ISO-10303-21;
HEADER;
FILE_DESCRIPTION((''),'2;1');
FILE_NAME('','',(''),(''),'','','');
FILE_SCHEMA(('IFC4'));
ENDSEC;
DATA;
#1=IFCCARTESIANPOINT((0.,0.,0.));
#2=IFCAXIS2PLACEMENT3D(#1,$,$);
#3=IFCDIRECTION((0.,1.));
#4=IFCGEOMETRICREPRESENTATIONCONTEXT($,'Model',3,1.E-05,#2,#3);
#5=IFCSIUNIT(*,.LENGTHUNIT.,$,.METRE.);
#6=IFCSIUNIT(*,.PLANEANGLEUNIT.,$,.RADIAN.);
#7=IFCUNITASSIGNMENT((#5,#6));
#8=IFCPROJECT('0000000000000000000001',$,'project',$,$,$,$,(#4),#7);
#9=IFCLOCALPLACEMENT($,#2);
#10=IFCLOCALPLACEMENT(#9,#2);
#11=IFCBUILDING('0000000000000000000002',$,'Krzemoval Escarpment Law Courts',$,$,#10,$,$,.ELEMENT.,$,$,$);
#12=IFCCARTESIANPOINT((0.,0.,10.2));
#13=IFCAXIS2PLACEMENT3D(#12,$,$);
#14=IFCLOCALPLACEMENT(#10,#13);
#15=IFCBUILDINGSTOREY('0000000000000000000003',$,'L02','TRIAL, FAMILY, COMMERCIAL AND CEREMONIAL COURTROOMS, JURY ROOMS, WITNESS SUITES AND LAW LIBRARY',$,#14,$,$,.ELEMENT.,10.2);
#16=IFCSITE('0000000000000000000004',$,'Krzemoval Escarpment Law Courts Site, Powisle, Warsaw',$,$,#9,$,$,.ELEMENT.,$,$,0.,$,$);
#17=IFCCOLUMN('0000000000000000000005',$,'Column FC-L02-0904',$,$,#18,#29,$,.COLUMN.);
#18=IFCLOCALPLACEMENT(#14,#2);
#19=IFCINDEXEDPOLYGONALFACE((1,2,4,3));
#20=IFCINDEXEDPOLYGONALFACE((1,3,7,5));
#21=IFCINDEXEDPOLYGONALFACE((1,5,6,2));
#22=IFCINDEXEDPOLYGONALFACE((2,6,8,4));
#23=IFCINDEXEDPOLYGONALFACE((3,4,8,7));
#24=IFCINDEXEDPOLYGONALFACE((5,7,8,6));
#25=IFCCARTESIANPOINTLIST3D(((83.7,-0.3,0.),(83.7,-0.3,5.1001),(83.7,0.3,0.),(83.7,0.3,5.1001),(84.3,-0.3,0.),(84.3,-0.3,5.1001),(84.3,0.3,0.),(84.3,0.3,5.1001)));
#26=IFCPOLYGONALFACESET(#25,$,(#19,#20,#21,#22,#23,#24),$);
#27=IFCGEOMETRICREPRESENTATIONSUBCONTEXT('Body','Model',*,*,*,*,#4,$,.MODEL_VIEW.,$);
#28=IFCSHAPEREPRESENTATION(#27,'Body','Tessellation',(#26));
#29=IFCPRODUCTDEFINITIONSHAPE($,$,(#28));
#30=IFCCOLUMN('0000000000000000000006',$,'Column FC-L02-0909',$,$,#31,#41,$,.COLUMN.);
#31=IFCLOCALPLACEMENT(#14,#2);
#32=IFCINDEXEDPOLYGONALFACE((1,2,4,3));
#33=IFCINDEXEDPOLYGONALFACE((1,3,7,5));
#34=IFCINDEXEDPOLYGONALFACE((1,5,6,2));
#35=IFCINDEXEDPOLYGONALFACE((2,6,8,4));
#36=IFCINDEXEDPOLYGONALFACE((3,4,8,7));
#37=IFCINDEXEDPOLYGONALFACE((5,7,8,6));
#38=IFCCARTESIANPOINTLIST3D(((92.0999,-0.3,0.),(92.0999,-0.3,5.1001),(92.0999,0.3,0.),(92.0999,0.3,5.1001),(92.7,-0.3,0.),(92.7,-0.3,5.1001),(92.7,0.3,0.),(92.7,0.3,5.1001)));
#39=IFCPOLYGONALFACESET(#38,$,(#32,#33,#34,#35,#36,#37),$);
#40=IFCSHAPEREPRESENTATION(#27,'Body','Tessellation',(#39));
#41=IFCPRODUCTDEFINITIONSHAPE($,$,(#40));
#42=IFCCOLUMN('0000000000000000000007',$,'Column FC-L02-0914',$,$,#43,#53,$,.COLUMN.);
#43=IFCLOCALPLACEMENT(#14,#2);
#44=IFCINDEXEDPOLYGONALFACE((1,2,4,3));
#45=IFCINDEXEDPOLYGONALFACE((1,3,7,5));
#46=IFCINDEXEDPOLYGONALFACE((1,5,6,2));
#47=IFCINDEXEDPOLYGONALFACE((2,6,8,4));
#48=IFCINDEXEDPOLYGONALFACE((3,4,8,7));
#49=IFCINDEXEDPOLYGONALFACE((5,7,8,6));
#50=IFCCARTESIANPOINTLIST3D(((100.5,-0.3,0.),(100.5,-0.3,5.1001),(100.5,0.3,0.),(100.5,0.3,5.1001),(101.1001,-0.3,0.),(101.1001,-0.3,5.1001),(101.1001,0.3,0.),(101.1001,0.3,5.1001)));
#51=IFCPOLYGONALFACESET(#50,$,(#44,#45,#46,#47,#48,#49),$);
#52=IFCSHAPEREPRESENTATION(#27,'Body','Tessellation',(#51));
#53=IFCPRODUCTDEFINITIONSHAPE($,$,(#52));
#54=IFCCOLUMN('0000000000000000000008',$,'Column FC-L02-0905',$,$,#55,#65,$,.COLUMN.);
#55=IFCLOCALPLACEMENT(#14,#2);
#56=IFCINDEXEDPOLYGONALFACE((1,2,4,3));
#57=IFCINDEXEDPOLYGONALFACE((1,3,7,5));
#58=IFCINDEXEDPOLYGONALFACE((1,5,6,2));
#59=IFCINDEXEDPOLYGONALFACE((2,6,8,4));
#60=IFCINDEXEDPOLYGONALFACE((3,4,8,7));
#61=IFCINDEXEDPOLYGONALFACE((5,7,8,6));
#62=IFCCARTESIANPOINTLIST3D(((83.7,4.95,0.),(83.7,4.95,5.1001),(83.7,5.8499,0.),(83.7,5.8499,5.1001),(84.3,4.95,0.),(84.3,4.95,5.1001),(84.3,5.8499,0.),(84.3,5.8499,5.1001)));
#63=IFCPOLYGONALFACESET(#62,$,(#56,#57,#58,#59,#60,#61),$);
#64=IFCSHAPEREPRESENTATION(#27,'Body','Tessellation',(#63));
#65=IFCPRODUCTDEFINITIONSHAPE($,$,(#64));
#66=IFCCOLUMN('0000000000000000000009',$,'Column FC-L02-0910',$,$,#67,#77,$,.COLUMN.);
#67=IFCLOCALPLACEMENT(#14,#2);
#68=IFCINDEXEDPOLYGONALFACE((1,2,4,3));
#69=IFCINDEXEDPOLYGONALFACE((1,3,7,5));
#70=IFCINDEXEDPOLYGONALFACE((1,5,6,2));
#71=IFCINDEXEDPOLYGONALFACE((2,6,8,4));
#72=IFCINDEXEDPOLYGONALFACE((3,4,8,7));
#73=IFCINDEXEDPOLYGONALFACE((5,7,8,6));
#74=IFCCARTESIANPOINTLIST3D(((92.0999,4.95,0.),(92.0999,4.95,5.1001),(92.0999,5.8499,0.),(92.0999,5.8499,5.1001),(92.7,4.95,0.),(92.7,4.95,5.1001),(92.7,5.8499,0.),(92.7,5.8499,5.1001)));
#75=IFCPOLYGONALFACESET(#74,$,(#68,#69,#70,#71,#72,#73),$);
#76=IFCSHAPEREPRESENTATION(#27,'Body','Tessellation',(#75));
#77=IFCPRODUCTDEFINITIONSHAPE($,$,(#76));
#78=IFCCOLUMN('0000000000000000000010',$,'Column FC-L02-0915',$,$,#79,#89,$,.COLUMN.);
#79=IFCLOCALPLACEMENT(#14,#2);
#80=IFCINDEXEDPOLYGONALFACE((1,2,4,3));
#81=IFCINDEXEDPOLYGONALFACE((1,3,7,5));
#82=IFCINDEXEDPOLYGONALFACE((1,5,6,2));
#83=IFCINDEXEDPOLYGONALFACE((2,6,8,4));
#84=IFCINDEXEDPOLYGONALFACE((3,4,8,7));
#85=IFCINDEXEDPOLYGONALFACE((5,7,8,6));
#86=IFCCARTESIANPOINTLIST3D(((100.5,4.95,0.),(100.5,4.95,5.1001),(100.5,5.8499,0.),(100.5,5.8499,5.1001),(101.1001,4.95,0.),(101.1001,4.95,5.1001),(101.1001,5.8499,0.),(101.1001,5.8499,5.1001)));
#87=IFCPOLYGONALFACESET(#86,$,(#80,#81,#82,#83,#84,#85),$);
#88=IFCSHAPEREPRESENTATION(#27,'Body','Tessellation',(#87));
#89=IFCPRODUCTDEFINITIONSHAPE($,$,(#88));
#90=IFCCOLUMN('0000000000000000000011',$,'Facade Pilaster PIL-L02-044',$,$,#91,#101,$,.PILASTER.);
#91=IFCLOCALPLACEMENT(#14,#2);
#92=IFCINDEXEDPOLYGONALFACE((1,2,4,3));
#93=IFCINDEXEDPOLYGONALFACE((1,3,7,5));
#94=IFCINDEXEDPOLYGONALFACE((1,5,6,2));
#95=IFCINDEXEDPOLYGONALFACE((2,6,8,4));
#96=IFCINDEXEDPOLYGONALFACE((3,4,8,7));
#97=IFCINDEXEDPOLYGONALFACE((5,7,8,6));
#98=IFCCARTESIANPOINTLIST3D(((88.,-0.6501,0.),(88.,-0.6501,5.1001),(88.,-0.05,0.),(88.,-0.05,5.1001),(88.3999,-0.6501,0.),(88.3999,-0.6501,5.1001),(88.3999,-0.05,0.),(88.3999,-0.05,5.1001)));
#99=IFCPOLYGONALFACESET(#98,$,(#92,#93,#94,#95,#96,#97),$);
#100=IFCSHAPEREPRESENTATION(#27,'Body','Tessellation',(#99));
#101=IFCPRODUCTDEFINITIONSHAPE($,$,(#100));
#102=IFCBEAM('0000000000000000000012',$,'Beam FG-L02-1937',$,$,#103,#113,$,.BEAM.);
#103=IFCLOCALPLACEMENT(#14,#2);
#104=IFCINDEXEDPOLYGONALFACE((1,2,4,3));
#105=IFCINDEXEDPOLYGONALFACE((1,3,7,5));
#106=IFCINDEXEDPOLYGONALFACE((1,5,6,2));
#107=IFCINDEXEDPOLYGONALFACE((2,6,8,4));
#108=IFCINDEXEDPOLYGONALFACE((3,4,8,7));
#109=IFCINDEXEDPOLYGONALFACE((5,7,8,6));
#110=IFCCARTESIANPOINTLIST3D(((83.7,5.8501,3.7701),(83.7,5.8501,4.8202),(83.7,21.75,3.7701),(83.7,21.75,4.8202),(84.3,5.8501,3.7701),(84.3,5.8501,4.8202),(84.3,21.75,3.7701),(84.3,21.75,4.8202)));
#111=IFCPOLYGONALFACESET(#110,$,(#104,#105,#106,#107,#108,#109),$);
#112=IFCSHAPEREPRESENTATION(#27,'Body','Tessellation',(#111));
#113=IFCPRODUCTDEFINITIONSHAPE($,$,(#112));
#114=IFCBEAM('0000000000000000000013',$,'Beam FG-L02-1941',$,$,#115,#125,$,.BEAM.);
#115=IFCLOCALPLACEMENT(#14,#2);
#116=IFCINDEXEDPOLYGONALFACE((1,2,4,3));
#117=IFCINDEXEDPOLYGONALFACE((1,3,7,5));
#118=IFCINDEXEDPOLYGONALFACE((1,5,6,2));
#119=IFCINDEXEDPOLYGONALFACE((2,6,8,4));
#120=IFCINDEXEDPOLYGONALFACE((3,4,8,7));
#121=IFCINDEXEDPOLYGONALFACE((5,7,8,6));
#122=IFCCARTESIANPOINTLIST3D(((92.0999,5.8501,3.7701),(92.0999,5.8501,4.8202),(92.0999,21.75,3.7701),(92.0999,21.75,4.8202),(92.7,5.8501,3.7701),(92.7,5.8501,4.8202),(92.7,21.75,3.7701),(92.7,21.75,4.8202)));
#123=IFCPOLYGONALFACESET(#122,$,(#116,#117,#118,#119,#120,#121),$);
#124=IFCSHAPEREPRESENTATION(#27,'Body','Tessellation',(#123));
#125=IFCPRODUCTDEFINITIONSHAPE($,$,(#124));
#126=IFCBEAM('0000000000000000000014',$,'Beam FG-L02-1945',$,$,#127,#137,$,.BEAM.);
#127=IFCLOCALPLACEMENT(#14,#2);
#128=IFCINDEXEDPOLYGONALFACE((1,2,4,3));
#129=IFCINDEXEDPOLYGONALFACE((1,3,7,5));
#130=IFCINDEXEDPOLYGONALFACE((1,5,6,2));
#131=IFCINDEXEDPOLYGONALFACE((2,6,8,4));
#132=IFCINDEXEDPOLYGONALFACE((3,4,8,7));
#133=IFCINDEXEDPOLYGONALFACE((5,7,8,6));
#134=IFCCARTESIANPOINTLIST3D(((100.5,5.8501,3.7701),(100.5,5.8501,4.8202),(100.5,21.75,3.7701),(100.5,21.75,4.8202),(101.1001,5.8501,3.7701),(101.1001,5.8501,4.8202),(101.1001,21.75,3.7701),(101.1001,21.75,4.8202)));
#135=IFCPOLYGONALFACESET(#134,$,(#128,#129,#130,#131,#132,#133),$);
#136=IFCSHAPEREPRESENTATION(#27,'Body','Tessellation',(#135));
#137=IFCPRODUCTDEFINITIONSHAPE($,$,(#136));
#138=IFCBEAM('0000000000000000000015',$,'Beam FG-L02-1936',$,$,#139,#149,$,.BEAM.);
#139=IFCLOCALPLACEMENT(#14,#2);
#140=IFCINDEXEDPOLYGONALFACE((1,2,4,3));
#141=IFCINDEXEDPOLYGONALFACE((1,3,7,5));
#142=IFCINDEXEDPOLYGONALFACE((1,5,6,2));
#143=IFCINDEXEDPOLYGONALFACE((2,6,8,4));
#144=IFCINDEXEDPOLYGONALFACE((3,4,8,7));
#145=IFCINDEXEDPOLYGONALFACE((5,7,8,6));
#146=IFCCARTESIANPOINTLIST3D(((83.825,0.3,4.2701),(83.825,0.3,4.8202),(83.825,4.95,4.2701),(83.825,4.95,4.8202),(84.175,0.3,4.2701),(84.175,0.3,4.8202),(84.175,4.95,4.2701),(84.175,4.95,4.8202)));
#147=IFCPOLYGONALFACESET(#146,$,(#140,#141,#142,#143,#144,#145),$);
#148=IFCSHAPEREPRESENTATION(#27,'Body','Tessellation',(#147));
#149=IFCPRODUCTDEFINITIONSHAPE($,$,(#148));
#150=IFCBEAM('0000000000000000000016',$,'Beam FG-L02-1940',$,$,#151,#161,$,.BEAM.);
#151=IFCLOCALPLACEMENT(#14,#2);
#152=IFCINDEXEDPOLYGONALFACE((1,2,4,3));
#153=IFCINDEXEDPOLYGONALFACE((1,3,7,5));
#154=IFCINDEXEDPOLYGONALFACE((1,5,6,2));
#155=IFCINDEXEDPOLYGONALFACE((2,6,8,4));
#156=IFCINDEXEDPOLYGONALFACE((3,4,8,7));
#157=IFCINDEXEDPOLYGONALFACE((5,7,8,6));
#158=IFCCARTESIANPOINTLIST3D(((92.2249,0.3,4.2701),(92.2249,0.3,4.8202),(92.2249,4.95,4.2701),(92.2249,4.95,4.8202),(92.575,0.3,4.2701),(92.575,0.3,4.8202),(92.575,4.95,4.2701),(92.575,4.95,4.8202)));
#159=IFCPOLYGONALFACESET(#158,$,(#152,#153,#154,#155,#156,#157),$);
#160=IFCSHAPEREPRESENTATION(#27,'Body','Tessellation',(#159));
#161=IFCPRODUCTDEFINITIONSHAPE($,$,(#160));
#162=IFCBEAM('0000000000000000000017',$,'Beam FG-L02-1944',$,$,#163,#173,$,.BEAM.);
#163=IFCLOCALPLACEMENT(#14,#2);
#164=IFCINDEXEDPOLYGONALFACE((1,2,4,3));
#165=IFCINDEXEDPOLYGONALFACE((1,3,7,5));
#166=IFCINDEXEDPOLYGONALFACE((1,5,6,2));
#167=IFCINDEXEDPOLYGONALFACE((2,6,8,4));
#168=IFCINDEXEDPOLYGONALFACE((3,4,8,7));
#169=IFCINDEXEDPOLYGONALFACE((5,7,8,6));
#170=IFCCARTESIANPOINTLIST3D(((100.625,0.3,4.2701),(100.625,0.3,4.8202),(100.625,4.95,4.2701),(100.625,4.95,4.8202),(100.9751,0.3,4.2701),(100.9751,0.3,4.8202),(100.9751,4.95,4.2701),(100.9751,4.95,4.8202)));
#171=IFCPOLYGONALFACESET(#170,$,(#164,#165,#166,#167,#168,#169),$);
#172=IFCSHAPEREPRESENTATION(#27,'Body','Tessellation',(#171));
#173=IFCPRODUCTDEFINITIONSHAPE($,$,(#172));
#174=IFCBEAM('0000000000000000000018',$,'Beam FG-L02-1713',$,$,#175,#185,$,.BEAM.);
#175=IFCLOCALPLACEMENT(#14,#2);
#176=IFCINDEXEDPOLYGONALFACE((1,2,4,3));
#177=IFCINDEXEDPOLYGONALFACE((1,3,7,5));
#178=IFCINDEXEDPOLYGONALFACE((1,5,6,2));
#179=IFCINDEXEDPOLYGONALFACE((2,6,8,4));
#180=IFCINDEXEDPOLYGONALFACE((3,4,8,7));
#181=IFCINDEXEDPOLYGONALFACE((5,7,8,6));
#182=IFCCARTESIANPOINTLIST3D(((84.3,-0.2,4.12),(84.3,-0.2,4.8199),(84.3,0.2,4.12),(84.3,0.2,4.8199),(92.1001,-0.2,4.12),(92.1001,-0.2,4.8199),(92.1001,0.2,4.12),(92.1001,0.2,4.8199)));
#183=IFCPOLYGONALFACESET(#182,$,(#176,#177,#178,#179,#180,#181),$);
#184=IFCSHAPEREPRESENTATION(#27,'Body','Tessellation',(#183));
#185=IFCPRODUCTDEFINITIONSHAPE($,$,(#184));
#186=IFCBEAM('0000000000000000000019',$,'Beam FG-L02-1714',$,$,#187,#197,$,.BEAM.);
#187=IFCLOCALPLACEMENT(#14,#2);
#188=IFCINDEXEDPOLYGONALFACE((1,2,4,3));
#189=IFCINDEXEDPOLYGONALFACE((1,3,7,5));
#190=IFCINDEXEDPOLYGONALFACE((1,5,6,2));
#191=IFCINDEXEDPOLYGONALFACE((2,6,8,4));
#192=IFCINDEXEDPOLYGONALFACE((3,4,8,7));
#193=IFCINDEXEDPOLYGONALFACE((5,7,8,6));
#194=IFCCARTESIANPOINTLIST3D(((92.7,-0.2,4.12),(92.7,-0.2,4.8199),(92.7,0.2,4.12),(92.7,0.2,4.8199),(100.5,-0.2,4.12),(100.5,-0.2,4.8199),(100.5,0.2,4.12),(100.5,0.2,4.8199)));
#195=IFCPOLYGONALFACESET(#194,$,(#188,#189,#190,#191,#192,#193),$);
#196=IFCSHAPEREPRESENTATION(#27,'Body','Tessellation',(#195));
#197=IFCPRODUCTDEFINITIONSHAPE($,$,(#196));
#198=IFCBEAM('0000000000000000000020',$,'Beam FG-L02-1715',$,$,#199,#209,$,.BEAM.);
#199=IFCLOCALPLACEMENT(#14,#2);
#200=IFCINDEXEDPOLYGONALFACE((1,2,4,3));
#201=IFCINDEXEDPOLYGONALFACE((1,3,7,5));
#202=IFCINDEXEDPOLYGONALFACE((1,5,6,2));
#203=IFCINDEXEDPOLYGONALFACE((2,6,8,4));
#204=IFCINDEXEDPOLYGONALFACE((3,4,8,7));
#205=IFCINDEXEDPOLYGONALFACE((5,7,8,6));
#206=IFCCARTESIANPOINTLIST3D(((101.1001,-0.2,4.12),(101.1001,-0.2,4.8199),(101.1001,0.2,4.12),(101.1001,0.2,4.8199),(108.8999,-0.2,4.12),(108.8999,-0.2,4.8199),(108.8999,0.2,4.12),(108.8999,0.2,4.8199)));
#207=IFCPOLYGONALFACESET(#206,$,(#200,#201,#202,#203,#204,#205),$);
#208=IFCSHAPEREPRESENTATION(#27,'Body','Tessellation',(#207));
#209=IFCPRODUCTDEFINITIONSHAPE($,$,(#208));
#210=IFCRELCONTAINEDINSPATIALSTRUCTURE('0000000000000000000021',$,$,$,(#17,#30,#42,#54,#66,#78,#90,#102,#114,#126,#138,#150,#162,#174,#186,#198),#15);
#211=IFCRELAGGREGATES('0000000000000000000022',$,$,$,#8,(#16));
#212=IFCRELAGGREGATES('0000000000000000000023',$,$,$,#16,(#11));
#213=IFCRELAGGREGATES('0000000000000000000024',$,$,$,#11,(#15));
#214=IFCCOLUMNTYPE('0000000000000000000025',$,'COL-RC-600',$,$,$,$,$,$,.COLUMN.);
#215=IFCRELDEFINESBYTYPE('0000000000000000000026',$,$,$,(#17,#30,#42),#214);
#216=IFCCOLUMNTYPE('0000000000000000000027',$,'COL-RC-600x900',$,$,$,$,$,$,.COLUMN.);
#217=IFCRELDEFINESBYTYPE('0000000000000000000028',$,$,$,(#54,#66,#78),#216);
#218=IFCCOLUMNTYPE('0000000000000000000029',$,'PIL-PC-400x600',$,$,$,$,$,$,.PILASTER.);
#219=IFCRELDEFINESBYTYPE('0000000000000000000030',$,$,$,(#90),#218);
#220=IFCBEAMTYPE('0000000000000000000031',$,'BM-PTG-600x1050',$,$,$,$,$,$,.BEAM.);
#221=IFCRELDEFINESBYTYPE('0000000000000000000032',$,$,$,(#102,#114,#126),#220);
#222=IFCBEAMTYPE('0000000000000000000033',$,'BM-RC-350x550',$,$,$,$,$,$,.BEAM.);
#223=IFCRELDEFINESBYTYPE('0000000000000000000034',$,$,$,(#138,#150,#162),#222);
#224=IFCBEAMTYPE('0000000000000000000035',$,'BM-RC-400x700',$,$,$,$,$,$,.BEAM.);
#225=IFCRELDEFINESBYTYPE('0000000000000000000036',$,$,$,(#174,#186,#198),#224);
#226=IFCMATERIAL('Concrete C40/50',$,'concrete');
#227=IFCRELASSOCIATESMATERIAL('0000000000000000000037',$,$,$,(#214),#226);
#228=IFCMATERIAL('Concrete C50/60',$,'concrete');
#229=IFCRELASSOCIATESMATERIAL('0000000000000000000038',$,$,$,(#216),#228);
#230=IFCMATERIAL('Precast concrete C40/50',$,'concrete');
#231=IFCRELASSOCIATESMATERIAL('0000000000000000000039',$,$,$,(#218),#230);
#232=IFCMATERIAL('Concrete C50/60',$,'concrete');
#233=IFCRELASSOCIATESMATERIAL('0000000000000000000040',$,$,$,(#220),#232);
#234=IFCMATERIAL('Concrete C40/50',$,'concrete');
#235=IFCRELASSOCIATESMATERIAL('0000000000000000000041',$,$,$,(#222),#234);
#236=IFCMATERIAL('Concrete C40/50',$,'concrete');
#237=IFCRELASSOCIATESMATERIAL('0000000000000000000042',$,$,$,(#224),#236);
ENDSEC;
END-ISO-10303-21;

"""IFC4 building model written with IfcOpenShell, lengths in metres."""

from ifc_helpers import new_model, si_unit, direction, frame, origin, origin_2d, place, context, subcontext, project, spatial, rectangle, extrude, material, material_profile, profile_set, type_object, element, save


model = new_model("IFC4")

# Units and contexts
model_context = context("Model", 3, precision=1e-05, world=origin(), true_north=direction((0.0, 1.0)))
body_context = subcontext(model_context, "Body", "Model", "MODEL_VIEW")
ifc_project = project(units=[si_unit("LENGTHUNIT", "METRE"), si_unit("PLANEANGLEUNIT", "RADIAN")], contexts=[model_context])

# Site, building, storey
site_placement = place(None, origin())
site = spatial("IfcSite", under=ifc_project, at=site_placement, Name="Krzemoval Escarpment Law Courts Site, Powisle, Warsaw", CompositionType="ELEMENT", RefElevation=0.0)
building_placement = place(site_placement, origin())
building = spatial("IfcBuilding", under=site, at=building_placement, Name="Krzemoval Escarpment Law Courts", CompositionType="ELEMENT")
storey_placement = place(building_placement, frame((0.0, 0.0, 10.2)))
storey = spatial("IfcBuildingStorey", under=building, at=storey_placement, Name="L02", Description="TRIAL, FAMILY, COMMERCIAL AND CEREMONIAL COURTROOMS, JURY ROOMS, WITNESS SUITES AND LAW LIBRARY", CompositionType="ELEMENT", Elevation=10.2)

# Columns
ifc_material_1 = material(Name="Concrete C40/50", Category="concrete")
ifc_material_profile_1 = material_profile(ifc_material_1, rectangle(XDim=0.6001, YDim=0.6001, at=origin_2d()), Name="RC 600x600")
ifc_profile_set_1 = profile_set([ifc_material_profile_1], Name="Concrete C40/50")
column_type_1 = type_object("IfcColumnType", Name="COL-RC-600", PredefinedType="COLUMN", material=ifc_profile_set_1)
for number, where, z_axis, x_axis, name in (
    (1, (84.0, 0.0, 0.0), (0.0, 0.0, 1.0), (1.0, 0.0, 0.0), "Column FC-L02-0904"),
    (2, (92.3999, 0.0, 0.0), (0.0, 0.0, 1.0), (1.0, 0.0, 0.0), "Column FC-L02-0909"),
    (3, (100.8, 0.0, 0.0), (0.0, 0.0, 1.0), (1.0, 0.0, 0.0), "Column FC-L02-0914"),
):
    element("IfcColumn", number, at=place(storey_placement, frame(where, z_axis=z_axis, x_axis=x_axis)), inside=storey, type_object=column_type_1, Name=name, PredefinedType="COLUMN", context=body_context, shape_type="SweptSolid", body=[
        extrude(rectangle(XDim=0.6001, YDim=0.6001, at=origin_2d()), origin(), (0.0, 0.0, 1.0), 5.1001),
    ])
ifc_material_2 = material(Name="Concrete C50/60", Category="concrete")
ifc_material_profile_2 = material_profile(ifc_material_2, rectangle(XDim=0.6001, YDim=0.8999, at=origin_2d()), Name="RC 600x900")
ifc_profile_set_2 = profile_set([ifc_material_profile_2], Name="Concrete C50/60")
column_type_2 = type_object("IfcColumnType", Name="COL-RC-600x900", PredefinedType="COLUMN", material=ifc_profile_set_2)
for number, where, z_axis, x_axis, name in (
    (4, (84.0, 5.3999, 0.0), (0.0, 0.0, 1.0), (1.0, 0.0, 0.0), "Column FC-L02-0905"),
    (5, (92.3999, 5.3999, 0.0), (0.0, 0.0, 1.0), (1.0, 0.0, 0.0), "Column FC-L02-0910"),
    (6, (100.8, 5.3999, 0.0), (0.0, 0.0, 1.0), (1.0, 0.0, 0.0), "Column FC-L02-0915"),
):
    element("IfcColumn", number, at=place(storey_placement, frame(where, z_axis=z_axis, x_axis=x_axis)), inside=storey, type_object=column_type_2, Name=name, PredefinedType="COLUMN", context=body_context, shape_type="SweptSolid", body=[
        extrude(rectangle(XDim=0.6001, YDim=0.8999, at=origin_2d()), origin(), (0.0, 0.0, 1.0), 5.1001),
    ])
ifc_material_3 = material(Name="Precast concrete C40/50", Category="concrete")
ifc_material_profile_3 = material_profile(ifc_material_3, rectangle(XDim=0.3999, YDim=0.6001, at=origin_2d()), Name="PIL 400x600")
ifc_profile_set_3 = profile_set([ifc_material_profile_3], Name="Precast concrete C40/50")
column_type_3 = type_object("IfcColumnType", Name="PIL-PC-400x600", PredefinedType="PILASTER", material=ifc_profile_set_3)
column_placement = place(storey_placement, frame((88.2, -0.3501, 0.0), z_axis=(0.0, 0.0, 1.0), x_axis=(1.0, 0.0, 0.0)))
element("IfcColumn", 7, at=column_placement, inside=storey, type_object=column_type_3, Name="Facade Pilaster PIL-L02-044", PredefinedType="PILASTER", context=body_context, shape_type="SweptSolid", body=[
    extrude(rectangle(XDim=0.3999, YDim=0.6001, at=origin_2d()), origin(), (0.0, 0.0, 1.0), 5.1001),
])

# Beams
ifc_material_4 = material(Name="Concrete C50/60", Category="concrete")
ifc_material_profile_4 = material_profile(ifc_material_4, rectangle(XDim=0.6001, YDim=1.05, at=origin_2d()), Name="PTG 600x1050")
ifc_profile_set_4 = profile_set([ifc_material_profile_4], Name="Concrete C50/60")
beam_type_1 = type_object("IfcBeamType", Name="BM-PTG-600x1050", PredefinedType="BEAM", material=ifc_profile_set_4)
for number, where, z_axis, x_axis, name in (
    (8, (84.0, 5.8501, 4.2952), (0.0, 1.0, 0.0), (-1.0, 0.0, 0.0), "Beam FG-L02-1937"),
    (9, (92.3999, 5.8501, 4.2952), (0.0, 1.0, 0.0), (-1.0, 0.0, 0.0), "Beam FG-L02-1941"),
    (10, (100.8, 5.8501, 4.2952), (0.0, 1.0, 0.0), (-1.0, 0.0, 0.0), "Beam FG-L02-1945"),
):
    element("IfcBeam", number, at=place(storey_placement, frame(where, z_axis=z_axis, x_axis=x_axis)), inside=storey, type_object=beam_type_1, Name=name, PredefinedType="BEAM", context=body_context, shape_type="SweptSolid", body=[
        extrude(rectangle(XDim=0.6001, YDim=1.05, at=origin_2d()), origin(), (0.0, 0.0, 1.0), 15.8999),
    ])
ifc_material_5 = material(Name="Concrete C40/50", Category="concrete")
ifc_material_profile_5 = material_profile(ifc_material_5, rectangle(XDim=0.3501, YDim=0.55, at=origin_2d()), Name="RCB 350x550")
ifc_profile_set_5 = profile_set([ifc_material_profile_5], Name="Concrete C40/50")
beam_type_2 = type_object("IfcBeamType", Name="BM-RC-350x550", PredefinedType="BEAM", material=ifc_profile_set_5)
for number, where, z_axis, x_axis, name in (
    (11, (84.0, 0.3, 4.5452), (0.0, 1.0, 0.0), (-1.0, 0.0, 0.0), "Beam FG-L02-1936"),
    (12, (92.3999, 0.3, 4.5452), (0.0, 1.0, 0.0), (-1.0, 0.0, 0.0), "Beam FG-L02-1940"),
    (13, (100.8, 0.3, 4.5452), (0.0, 1.0, 0.0), (-1.0, 0.0, 0.0), "Beam FG-L02-1944"),
):
    element("IfcBeam", number, at=place(storey_placement, frame(where, z_axis=z_axis, x_axis=x_axis)), inside=storey, type_object=beam_type_2, Name=name, PredefinedType="BEAM", context=body_context, shape_type="SweptSolid", body=[
        extrude(rectangle(XDim=0.3501, YDim=0.55, at=origin_2d()), origin(), (0.0, 0.0, 1.0), 4.6499),
    ])
ifc_material_6 = material(Name="Concrete C40/50", Category="concrete")
ifc_material_profile_6 = material_profile(ifc_material_6, rectangle(XDim=0.3999, YDim=0.7, at=origin_2d()), Name="RCB 400x700")
ifc_profile_set_6 = profile_set([ifc_material_profile_6], Name="Concrete C40/50")
beam_type_3 = type_object("IfcBeamType", Name="BM-RC-400x700", PredefinedType="BEAM", material=ifc_profile_set_6)
for number, where, z_axis, x_axis, name in (
    (14, (84.3, 0.0, 4.47), (1.0, 0.0, 0.0), (0.0, 1.0, 0.0), "Beam FG-L02-1713"),
    (15, (92.7, 0.0, 4.47), (1.0, 0.0, 0.0), (0.0, 1.0, 0.0), "Beam FG-L02-1714"),
):
    element("IfcBeam", number, at=place(storey_placement, frame(where, z_axis=z_axis, x_axis=x_axis)), inside=storey, type_object=beam_type_3, Name=name, PredefinedType="BEAM", context=body_context, shape_type="SweptSolid", body=[
        extrude(rectangle(XDim=0.3999, YDim=0.7, at=origin_2d()), origin(), (0.0, 0.0, 1.0), 7.8),
    ])
beam_1_placement = place(storey_placement, frame((101.1001, 0.0, 4.47), z_axis=(1.0, 0.0, 0.0), x_axis=(0.0, 1.0, 0.0)))
element("IfcBeam", 16, at=beam_1_placement, inside=storey, type_object=beam_type_3, Name="Beam FG-L02-1715", PredefinedType="BEAM", context=body_context, shape_type="SweptSolid", body=[
    extrude(rectangle(XDim=0.3999, YDim=0.7, at=origin_2d()), origin(), (0.0, 0.0, 1.0), 7.7998),
])

save(model, "model.ifc")
